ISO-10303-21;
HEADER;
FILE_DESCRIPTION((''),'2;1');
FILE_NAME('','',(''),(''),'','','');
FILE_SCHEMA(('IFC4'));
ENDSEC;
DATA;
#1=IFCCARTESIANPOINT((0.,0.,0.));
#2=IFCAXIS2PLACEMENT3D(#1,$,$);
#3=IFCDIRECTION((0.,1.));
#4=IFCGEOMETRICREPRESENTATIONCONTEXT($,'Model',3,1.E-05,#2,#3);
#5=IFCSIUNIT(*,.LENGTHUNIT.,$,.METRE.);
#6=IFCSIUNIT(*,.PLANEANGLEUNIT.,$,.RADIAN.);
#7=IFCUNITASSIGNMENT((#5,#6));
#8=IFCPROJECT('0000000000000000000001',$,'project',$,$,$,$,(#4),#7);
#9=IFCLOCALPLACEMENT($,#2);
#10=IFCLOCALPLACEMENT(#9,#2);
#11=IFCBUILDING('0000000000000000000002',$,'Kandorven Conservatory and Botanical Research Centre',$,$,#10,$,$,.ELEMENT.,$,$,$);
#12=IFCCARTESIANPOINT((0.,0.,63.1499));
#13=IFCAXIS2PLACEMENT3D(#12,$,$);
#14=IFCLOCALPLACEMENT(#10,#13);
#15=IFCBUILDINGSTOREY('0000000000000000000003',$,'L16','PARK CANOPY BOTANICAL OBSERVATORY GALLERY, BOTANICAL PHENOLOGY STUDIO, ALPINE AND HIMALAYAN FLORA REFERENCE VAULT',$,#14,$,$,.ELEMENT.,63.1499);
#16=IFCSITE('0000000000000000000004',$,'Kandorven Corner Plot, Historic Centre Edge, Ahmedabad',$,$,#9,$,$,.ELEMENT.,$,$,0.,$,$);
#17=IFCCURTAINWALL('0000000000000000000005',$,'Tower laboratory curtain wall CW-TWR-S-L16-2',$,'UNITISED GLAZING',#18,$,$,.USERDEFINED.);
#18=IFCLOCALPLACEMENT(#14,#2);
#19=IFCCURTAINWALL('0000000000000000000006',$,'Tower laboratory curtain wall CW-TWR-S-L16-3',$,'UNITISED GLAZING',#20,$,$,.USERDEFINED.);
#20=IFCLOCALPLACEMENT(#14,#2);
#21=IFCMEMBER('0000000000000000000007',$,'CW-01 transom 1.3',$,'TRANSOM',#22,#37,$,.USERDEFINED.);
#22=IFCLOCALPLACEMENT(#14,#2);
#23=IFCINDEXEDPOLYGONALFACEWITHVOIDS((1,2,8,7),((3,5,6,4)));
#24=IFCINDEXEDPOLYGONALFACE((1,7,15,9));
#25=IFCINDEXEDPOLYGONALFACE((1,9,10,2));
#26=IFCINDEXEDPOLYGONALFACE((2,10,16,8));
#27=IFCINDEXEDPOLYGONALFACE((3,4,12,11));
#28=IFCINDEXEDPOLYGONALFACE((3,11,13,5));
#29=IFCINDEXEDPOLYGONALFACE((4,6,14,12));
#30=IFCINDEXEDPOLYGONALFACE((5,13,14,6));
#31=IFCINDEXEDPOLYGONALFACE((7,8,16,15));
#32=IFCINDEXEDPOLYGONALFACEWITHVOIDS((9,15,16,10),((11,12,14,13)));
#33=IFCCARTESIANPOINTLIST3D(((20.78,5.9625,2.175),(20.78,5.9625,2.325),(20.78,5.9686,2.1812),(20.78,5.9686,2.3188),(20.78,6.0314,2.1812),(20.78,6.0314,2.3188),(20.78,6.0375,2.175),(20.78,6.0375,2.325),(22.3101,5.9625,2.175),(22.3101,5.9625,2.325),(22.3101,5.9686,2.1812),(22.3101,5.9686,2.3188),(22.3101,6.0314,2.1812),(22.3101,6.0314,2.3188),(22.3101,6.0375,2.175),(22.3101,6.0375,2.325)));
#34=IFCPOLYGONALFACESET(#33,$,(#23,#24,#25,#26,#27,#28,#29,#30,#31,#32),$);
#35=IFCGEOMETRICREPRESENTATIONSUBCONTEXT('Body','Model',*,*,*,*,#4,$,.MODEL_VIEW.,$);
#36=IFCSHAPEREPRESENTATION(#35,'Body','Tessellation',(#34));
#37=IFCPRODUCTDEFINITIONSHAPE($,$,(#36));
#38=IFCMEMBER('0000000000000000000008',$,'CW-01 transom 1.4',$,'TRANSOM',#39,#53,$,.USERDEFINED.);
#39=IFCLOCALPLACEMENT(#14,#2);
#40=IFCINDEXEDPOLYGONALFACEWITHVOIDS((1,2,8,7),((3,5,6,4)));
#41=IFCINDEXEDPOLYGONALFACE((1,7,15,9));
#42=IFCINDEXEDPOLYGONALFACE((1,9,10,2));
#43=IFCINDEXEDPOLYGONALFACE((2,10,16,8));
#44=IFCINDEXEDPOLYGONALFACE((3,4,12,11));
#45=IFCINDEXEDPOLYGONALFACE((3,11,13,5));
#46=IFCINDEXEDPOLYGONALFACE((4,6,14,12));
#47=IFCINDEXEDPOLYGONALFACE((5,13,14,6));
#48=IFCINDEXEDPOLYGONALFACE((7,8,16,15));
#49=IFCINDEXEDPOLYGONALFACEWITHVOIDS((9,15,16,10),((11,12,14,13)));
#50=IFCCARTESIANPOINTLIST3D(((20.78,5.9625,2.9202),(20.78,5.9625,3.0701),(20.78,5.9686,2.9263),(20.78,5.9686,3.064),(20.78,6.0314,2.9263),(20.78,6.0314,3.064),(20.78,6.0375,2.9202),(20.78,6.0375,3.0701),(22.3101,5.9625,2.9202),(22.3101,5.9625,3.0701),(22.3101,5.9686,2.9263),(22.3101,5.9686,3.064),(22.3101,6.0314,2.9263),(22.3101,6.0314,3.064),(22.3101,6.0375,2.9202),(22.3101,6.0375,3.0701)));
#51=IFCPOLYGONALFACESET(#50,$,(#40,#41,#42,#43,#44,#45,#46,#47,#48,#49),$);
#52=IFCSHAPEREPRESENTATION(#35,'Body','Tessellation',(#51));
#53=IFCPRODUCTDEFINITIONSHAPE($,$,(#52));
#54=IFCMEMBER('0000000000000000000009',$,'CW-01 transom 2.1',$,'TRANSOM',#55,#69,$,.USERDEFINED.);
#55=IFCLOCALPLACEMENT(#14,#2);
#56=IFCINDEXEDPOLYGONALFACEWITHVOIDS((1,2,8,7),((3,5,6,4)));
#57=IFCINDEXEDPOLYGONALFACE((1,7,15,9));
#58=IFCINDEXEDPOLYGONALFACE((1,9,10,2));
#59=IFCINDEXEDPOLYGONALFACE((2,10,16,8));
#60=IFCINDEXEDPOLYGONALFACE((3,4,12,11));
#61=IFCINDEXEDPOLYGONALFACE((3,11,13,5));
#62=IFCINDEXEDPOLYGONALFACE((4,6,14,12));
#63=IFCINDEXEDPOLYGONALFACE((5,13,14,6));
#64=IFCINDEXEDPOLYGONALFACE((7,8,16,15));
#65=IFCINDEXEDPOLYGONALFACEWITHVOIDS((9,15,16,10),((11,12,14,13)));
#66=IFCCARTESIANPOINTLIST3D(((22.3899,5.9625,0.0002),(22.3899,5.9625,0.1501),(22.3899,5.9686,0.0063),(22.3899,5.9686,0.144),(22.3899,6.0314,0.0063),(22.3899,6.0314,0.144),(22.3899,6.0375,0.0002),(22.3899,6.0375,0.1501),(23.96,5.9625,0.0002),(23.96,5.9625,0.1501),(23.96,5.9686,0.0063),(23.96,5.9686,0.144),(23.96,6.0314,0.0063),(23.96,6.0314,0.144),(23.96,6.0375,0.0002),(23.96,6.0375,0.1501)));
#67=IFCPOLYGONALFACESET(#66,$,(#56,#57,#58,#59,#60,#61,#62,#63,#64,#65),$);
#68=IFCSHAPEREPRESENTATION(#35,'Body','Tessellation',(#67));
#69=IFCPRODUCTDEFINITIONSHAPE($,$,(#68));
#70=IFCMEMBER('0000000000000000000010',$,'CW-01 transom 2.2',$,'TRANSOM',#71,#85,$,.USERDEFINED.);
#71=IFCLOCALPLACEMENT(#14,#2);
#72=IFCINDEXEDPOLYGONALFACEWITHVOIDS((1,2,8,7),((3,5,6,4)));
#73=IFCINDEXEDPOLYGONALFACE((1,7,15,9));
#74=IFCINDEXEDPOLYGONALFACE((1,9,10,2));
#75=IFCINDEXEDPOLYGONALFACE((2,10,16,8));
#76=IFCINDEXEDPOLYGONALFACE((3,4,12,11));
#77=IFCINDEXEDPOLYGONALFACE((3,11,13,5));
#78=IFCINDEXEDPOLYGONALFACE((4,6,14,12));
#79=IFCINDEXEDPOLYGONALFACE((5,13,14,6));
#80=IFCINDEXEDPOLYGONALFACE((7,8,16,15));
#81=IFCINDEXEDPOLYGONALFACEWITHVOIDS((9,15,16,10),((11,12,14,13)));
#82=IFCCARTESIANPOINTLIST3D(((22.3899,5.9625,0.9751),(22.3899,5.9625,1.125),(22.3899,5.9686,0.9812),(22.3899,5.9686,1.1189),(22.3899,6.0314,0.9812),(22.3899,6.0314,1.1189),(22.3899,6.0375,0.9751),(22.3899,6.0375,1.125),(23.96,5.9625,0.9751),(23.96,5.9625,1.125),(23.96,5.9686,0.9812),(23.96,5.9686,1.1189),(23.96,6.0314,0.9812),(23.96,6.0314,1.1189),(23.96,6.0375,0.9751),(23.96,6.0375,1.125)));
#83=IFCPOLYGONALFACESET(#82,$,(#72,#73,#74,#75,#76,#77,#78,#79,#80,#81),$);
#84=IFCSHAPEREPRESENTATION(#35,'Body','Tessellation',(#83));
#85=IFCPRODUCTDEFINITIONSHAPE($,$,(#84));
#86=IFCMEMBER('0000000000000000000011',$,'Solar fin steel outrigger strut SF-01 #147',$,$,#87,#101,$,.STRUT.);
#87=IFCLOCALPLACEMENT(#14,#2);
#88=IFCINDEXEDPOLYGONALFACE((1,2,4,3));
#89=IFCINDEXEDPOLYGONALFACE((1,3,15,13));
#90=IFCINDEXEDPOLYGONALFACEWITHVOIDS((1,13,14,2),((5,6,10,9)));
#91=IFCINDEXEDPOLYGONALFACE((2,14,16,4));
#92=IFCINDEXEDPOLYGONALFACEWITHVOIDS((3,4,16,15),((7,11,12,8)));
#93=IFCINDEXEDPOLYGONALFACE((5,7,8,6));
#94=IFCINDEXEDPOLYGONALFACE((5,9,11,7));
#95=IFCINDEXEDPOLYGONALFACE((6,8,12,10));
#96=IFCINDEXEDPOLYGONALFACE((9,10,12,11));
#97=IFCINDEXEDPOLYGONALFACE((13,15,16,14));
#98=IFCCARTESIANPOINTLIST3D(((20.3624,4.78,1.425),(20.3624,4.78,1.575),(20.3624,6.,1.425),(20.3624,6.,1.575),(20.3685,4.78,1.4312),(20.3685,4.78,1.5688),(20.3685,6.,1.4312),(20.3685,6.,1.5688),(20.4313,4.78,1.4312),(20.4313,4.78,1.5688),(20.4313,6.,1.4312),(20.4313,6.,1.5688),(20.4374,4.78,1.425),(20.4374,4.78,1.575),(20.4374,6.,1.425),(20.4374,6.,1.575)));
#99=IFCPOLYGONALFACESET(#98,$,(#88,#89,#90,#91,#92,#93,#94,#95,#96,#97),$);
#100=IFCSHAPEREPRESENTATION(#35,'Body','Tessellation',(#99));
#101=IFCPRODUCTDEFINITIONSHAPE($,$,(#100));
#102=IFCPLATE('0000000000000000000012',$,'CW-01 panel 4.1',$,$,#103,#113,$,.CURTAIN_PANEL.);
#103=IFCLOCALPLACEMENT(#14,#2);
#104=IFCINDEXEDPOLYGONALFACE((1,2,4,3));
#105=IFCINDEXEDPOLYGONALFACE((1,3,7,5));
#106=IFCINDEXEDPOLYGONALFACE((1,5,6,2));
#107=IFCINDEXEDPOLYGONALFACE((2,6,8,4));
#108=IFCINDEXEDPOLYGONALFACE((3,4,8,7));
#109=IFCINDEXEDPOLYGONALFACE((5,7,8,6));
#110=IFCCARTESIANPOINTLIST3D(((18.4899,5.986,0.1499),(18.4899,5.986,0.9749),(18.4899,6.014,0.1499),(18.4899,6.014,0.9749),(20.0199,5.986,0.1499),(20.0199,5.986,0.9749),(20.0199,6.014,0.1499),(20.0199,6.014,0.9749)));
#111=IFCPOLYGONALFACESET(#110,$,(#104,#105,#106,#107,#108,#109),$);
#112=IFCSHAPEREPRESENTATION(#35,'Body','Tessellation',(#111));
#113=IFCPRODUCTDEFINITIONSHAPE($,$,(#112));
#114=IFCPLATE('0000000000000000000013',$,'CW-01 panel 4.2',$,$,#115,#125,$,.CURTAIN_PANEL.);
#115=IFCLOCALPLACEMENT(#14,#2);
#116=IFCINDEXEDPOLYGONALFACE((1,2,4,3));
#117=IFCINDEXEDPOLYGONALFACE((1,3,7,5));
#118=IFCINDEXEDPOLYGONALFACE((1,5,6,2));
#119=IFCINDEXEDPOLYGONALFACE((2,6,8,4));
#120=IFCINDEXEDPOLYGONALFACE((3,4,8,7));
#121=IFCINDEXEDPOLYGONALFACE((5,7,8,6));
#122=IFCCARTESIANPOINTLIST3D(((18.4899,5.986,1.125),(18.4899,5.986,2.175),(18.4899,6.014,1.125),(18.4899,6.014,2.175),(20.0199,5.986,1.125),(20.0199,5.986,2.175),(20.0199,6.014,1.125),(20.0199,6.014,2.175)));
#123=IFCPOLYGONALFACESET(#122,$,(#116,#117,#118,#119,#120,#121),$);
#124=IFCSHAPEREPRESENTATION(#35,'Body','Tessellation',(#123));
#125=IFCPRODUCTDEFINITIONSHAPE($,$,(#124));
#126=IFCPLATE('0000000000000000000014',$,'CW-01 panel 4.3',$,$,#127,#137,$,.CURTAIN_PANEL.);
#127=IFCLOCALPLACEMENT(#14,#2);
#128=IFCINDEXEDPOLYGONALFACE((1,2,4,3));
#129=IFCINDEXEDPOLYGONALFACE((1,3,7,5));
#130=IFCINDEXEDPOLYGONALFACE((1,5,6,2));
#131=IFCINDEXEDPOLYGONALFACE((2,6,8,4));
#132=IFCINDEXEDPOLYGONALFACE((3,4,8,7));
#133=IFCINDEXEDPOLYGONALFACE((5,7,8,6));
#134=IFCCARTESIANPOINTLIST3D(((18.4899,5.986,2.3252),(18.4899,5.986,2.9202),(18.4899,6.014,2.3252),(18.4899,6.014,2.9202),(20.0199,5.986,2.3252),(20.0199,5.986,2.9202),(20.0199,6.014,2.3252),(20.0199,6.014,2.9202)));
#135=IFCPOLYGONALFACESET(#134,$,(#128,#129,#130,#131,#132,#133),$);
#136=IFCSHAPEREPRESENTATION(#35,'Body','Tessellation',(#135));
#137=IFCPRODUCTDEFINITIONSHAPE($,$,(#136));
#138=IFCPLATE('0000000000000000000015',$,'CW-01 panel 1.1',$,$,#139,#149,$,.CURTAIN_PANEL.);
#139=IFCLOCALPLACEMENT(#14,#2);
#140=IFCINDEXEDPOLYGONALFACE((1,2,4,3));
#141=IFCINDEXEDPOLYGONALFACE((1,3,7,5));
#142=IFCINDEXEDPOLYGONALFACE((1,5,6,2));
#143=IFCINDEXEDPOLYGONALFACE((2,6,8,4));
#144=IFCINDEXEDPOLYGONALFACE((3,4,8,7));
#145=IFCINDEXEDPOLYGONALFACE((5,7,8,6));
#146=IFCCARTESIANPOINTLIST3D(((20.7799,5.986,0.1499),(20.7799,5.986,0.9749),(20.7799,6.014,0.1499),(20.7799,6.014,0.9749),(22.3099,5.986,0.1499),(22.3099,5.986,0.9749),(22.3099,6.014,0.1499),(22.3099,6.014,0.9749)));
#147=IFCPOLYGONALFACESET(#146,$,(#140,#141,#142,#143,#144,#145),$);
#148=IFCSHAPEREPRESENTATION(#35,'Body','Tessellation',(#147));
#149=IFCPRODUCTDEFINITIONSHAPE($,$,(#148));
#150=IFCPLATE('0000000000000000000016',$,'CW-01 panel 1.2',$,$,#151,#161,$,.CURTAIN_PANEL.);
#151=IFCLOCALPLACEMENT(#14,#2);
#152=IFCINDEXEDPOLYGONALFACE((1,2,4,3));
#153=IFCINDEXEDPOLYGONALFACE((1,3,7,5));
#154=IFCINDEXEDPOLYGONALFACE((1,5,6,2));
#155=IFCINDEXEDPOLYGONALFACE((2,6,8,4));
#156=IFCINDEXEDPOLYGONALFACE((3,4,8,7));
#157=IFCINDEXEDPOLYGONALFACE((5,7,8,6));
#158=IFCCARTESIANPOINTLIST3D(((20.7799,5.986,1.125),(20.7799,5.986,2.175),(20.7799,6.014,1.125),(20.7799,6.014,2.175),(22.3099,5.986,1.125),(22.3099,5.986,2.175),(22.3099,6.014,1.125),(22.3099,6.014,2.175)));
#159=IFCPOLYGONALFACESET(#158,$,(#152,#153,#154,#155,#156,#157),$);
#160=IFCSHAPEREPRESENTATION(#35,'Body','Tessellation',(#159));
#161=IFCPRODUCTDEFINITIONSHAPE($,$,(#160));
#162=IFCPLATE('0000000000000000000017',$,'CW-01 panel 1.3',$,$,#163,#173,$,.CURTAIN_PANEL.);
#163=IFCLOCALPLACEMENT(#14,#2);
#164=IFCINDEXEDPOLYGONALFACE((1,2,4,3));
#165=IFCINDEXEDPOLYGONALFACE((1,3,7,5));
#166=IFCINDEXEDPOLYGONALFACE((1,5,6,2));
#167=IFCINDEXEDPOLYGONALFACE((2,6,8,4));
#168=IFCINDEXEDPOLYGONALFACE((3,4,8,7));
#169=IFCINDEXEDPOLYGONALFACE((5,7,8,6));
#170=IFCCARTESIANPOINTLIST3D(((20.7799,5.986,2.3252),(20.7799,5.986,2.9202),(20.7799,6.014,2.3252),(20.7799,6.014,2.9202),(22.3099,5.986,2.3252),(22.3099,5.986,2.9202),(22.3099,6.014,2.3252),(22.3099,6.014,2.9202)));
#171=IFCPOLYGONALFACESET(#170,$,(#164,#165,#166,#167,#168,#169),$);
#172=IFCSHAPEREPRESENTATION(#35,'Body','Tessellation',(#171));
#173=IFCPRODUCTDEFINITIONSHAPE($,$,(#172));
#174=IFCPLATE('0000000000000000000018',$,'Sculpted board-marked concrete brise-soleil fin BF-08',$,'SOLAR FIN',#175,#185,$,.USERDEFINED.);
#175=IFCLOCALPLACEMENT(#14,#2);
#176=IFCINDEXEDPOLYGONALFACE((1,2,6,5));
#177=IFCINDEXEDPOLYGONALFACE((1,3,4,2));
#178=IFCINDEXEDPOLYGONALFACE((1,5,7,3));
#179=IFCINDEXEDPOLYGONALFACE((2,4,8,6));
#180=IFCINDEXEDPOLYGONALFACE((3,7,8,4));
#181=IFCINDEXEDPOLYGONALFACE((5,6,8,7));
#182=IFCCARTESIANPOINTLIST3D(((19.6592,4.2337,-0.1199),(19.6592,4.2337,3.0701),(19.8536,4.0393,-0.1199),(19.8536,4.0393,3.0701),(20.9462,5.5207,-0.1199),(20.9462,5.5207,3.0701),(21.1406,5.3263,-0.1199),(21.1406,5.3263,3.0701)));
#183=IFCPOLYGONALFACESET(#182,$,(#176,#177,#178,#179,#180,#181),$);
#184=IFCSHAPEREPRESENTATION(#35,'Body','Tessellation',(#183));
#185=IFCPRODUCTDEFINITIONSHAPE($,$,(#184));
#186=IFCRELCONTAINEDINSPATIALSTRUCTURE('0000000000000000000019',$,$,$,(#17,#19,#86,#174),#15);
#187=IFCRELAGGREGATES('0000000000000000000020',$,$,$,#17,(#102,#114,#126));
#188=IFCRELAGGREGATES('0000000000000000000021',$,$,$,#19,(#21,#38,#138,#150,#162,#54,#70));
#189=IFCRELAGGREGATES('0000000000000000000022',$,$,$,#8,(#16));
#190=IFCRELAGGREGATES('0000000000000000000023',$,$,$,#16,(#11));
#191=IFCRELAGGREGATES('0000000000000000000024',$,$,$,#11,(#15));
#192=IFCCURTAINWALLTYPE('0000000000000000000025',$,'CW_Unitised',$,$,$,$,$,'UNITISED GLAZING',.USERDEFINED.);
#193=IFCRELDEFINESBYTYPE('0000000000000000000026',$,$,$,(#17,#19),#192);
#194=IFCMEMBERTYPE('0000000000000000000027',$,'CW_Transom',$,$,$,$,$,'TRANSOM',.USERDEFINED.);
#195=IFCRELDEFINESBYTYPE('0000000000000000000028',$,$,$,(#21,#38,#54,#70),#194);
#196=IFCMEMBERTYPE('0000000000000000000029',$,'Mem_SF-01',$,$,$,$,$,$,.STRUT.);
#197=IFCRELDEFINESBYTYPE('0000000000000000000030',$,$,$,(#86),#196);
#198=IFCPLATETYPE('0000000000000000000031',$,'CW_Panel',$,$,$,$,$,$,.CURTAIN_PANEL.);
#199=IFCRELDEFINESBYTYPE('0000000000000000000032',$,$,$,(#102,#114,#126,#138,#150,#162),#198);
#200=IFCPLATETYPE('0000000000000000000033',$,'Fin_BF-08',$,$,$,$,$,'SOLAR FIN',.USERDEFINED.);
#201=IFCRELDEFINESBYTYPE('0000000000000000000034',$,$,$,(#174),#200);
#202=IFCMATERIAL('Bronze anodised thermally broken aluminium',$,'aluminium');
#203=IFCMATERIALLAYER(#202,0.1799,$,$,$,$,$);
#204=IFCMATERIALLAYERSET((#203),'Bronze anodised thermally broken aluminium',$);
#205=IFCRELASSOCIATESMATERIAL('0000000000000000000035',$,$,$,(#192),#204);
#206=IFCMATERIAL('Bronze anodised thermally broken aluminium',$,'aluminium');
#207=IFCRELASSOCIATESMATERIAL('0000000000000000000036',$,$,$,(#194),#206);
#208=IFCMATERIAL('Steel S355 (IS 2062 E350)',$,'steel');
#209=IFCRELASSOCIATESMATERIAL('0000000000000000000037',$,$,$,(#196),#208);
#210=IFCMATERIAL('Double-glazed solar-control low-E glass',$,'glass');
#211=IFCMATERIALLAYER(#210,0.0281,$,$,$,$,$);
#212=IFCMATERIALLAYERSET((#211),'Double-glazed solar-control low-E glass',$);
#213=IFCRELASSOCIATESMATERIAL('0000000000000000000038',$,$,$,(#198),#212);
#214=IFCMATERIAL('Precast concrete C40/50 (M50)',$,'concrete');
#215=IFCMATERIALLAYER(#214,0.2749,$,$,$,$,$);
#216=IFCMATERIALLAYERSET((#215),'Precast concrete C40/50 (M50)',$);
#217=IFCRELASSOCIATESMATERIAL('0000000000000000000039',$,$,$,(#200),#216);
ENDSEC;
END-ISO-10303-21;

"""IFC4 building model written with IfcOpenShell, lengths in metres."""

from ifc_helpers import new_model, si_unit, direction, frame, origin, origin_2d, place, context, subcontext, project, spatial, rectangle, hollow_rectangle, extrude, material, layer, layer_set, material_profile, profile_set, type_object, element, aggregate, save


model = new_model("IFC4")

# Units and contexts
model_context = context("Model", 3, precision=1e-05, world=origin(), true_north=direction((0.0, 1.0)))
body_context = subcontext(model_context, "Body", "Model", "MODEL_VIEW")
ifc_project = project(units=[si_unit("LENGTHUNIT", "METRE"), si_unit("PLANEANGLEUNIT", "RADIAN")], contexts=[model_context])

# Site, building, storey
site_placement = place(None, origin())
site = spatial("IfcSite", under=ifc_project, at=site_placement, Name="Kandorven Corner Plot, Historic Centre Edge, Ahmedabad", CompositionType="ELEMENT", RefElevation=0.0)
building_placement = place(site_placement, origin())
building = spatial("IfcBuilding", under=site, at=building_placement, Name="Kandorven Conservatory and Botanical Research Centre", CompositionType="ELEMENT")
storey_placement = place(building_placement, frame((0.0, 0.0, 63.1499)))
storey = spatial("IfcBuildingStorey", under=building, at=storey_placement, Name="L16", Description="PARK CANOPY BOTANICAL OBSERVATORY GALLERY, BOTANICAL PHENOLOGY STUDIO, ALPINE AND HIMALAYAN FLORA REFERENCE VAULT", CompositionType="ELEMENT", Elevation=63.1499)

# Curtain wall
ifc_material_1 = material(Name="Bronze anodised thermally broken aluminium", Category="aluminium")
ifc_layer_1 = layer(ifc_material_1, 0.1799)
ifc_layer_set_1 = layer_set([ifc_layer_1], Name="Bronze anodised thermally broken aluminium")
curtain_wall_type = type_object("IfcCurtainWallType", Name="CW_Unitised", ElementType="UNITISED GLAZING", PredefinedType="USERDEFINED", material=ifc_layer_set_1)
curtain_wall_1_placement = place(storey_placement, origin())
curtain_wall_1 = element("IfcCurtainWall", 1, at=curtain_wall_1_placement, inside=storey, type_object=curtain_wall_type, Name="Tower laboratory curtain wall CW-TWR-S-L16-2", ObjectType="UNITISED GLAZING", PredefinedType="USERDEFINED")

# Curtain wall
curtain_wall_2_placement = place(storey_placement, origin())
curtain_wall_2 = element("IfcCurtainWall", 2, at=curtain_wall_2_placement, inside=storey, type_object=curtain_wall_type, Name="Tower laboratory curtain wall CW-TWR-S-L16-3", ObjectType="UNITISED GLAZING", PredefinedType="USERDEFINED")

# Members
ifc_material_2 = material(Name="Bronze anodised thermally broken aluminium", Category="aluminium")
ifc_material_profile_1 = material_profile(ifc_material_2, hollow_rectangle(XDim=0.075, YDim=0.1499, WallThickness=0.0061, at=origin_2d()))
ifc_profile_set_1 = profile_set([ifc_material_profile_1], Name="Bronze anodised thermally broken aluminium")
member_type_1 = type_object("IfcMemberType", Name="CW_Transom", ElementType="TRANSOM", PredefinedType="USERDEFINED", material=ifc_profile_set_1)
member_1_placement = place(storey_placement, frame((20.78, 6.0, 2.25), z_axis=(1.0, 0.0, 0.0), x_axis=(0.0, 1.0, 0.0)))
member_1 = element("IfcMember", 3, at=member_1_placement, type_object=member_type_1, Name="CW-01 transom 1.3", ObjectType="TRANSOM", PredefinedType="USERDEFINED", context=body_context, shape_type="SweptSolid", body=[
    extrude(hollow_rectangle(XDim=0.075, YDim=0.1499, WallThickness=0.0061, at=origin_2d()), origin(), (0.0, 0.0, 1.0), 1.53),
])
member_2_placement = place(storey_placement, frame((20.78, 6.0, 2.9951), z_axis=(1.0, 0.0, 0.0), x_axis=(0.0, 1.0, 0.0)))
member_2 = element("IfcMember", 4, at=member_2_placement, type_object=member_type_1, Name="CW-01 transom 1.4", ObjectType="TRANSOM", PredefinedType="USERDEFINED", context=body_context, shape_type="SweptSolid", body=[
    extrude(hollow_rectangle(XDim=0.075, YDim=0.1499, WallThickness=0.0061, at=origin_2d()), origin(), (0.0, 0.0, 1.0), 1.53),
])
member_3_placement = place(storey_placement, frame((22.3899, 6.0, 0.0752), z_axis=(1.0, 0.0, 0.0), x_axis=(0.0, 1.0, 0.0)))
member_3 = element("IfcMember", 5, at=member_3_placement, type_object=member_type_1, Name="CW-01 transom 2.1", ObjectType="TRANSOM", PredefinedType="USERDEFINED", context=body_context, shape_type="SweptSolid", body=[
    extrude(hollow_rectangle(XDim=0.075, YDim=0.1499, WallThickness=0.0061, at=origin_2d()), origin(), (0.0, 0.0, 1.0), 1.5701),
])
member_4_placement = place(storey_placement, frame((22.3899, 6.0, 1.05), z_axis=(1.0, 0.0, 0.0), x_axis=(0.0, 1.0, 0.0)))
member_4 = element("IfcMember", 6, at=member_4_placement, type_object=member_type_1, Name="CW-01 transom 2.2", ObjectType="TRANSOM", PredefinedType="USERDEFINED", context=body_context, shape_type="SweptSolid", body=[
    extrude(hollow_rectangle(XDim=0.075, YDim=0.1499, WallThickness=0.0061, at=origin_2d()), origin(), (0.0, 0.0, 1.0), 1.5701),
])
ifc_material_3 = material(Name="Steel S355 (IS 2062 E350)", Category="steel")
ifc_material_profile_2 = material_profile(ifc_material_3, hollow_rectangle(XDim=0.075, YDim=0.1499, WallThickness=0.0061, at=origin_2d()))
ifc_profile_set_2 = profile_set([ifc_material_profile_2], Name="Steel S355 (IS 2062 E350)")
member_type_2 = type_object("IfcMemberType", Name="Mem_SF-01", PredefinedType="STRUT", material=ifc_profile_set_2)
member_5_placement = place(storey_placement, frame((20.3999, 6.0, 1.5), z_axis=(0.0, -1.0, 0.0), x_axis=(1.0, 0.0, 0.0)))
element("IfcMember", 7, at=member_5_placement, inside=storey, type_object=member_type_2, Name="Solar fin steel outrigger strut SF-01 #147", PredefinedType="STRUT", context=body_context, shape_type="SweptSolid", body=[
    extrude(hollow_rectangle(XDim=0.075, YDim=0.1499, WallThickness=0.0061, at=origin_2d()), origin(), (0.0, 0.0, 1.0), 1.22),
])

# Plates
ifc_material_4 = material(Name="Double-glazed solar-control low-E glass", Category="glass")
ifc_layer_2 = layer(ifc_material_4, 0.0281)
ifc_layer_set_2 = layer_set([ifc_layer_2], Name="Double-glazed solar-control low-E glass")
plate_type_1 = type_object("IfcPlateType", Name="CW_Panel", PredefinedType="CURTAIN_PANEL", material=ifc_layer_set_2)
plate_1_placement = place(storey_placement, frame((19.2549, 6.0, 0.1499), z_axis=(0.0, 0.0, 1.0), x_axis=(1.0, 0.0, 0.0)))
plate_1 = element("IfcPlate", 8, at=plate_1_placement, type_object=plate_type_1, Name="CW-01 panel 4.1", PredefinedType="CURTAIN_PANEL", context=body_context, shape_type="SweptSolid", body=[
    extrude(rectangle(XDim=1.53, YDim=0.0281, at=origin_2d()), origin(), (0.0, 0.0, 1.0), 0.825),
])
plate_2_placement = place(storey_placement, frame((19.2549, 6.0, 1.125), z_axis=(0.0, 0.0, 1.0), x_axis=(1.0, 0.0, 0.0)))
plate_2 = element("IfcPlate", 9, at=plate_2_placement, type_object=plate_type_1, Name="CW-01 panel 4.2", PredefinedType="CURTAIN_PANEL", context=body_context, shape_type="SweptSolid", body=[
    extrude(rectangle(XDim=1.53, YDim=0.0281, at=origin_2d()), origin(), (0.0, 0.0, 1.0), 1.05),
])
plate_3_placement = place(storey_placement, frame((19.2549, 6.0, 2.3252), z_axis=(0.0, 0.0, 1.0), x_axis=(1.0, 0.0, 0.0)))
plate_3 = element("IfcPlate", 10, at=plate_3_placement, type_object=plate_type_1, Name="CW-01 panel 4.3", PredefinedType="CURTAIN_PANEL", context=body_context, shape_type="SweptSolid", body=[
    extrude(rectangle(XDim=1.53, YDim=0.0281, at=origin_2d()), origin(), (0.0, 0.0, 1.0), 0.595),
])
aggregate(curtain_wall_1, [plate_1, plate_2, plate_3])
plate_4_placement = place(storey_placement, frame((21.5449, 6.0, 0.1499), z_axis=(0.0, 0.0, 1.0), x_axis=(1.0, 0.0, 0.0)))
plate_4 = element("IfcPlate", 11, at=plate_4_placement, type_object=plate_type_1, Name="CW-01 panel 1.1", PredefinedType="CURTAIN_PANEL", context=body_context, shape_type="SweptSolid", body=[
    extrude(rectangle(XDim=1.53, YDim=0.0281, at=origin_2d()), origin(), (0.0, 0.0, 1.0), 0.825),
])
plate_5_placement = place(storey_placement, frame((21.5449, 6.0, 1.125), z_axis=(0.0, 0.0, 1.0), x_axis=(1.0, 0.0, 0.0)))
plate_5 = element("IfcPlate", 12, at=plate_5_placement, type_object=plate_type_1, Name="CW-01 panel 1.2", PredefinedType="CURTAIN_PANEL", context=body_context, shape_type="SweptSolid", body=[
    extrude(rectangle(XDim=1.53, YDim=0.0281, at=origin_2d()), origin(), (0.0, 0.0, 1.0), 1.05),
])
plate_6_placement = place(storey_placement, frame((21.5449, 6.0, 2.3252), z_axis=(0.0, 0.0, 1.0), x_axis=(1.0, 0.0, 0.0)))
plate_6 = element("IfcPlate", 13, at=plate_6_placement, type_object=plate_type_1, Name="CW-01 panel 1.3", PredefinedType="CURTAIN_PANEL", context=body_context, shape_type="SweptSolid", body=[
    extrude(rectangle(XDim=1.53, YDim=0.0281, at=origin_2d()), origin(), (0.0, 0.0, 1.0), 0.595),
])
aggregate(curtain_wall_2, [member_1, member_2, plate_4, plate_5, plate_6, member_3, member_4])
ifc_material_5 = material(Name="Precast concrete C40/50 (M50)", Category="concrete")
ifc_layer_3 = layer(ifc_material_5, 0.2749)
ifc_layer_set_3 = layer_set([ifc_layer_3], Name="Precast concrete C40/50 (M50)")
plate_type_2 = type_object("IfcPlateType", Name="Fin_BF-08", ElementType="SOLAR FIN", PredefinedType="USERDEFINED", material=ifc_layer_set_3)
plate_7_placement = place(storey_placement, frame((20.3999, 4.78, -0.1199), z_axis=(0.0, 0.0, 1.0), x_axis=(0.707107, 0.707107, 0.0)))
element("IfcPlate", 14, at=plate_7_placement, inside=storey, type_object=plate_type_2, Name="Sculpted board-marked concrete brise-soleil fin BF-08", ObjectType="SOLAR FIN", PredefinedType="USERDEFINED", context=body_context, shape_type="SweptSolid", body=[
    extrude(rectangle(XDim=1.8201, YDim=0.2749, at=origin_2d()), origin(), (0.0, 0.0, 1.0), 3.1899),
])

save(model, "model.ifc")
